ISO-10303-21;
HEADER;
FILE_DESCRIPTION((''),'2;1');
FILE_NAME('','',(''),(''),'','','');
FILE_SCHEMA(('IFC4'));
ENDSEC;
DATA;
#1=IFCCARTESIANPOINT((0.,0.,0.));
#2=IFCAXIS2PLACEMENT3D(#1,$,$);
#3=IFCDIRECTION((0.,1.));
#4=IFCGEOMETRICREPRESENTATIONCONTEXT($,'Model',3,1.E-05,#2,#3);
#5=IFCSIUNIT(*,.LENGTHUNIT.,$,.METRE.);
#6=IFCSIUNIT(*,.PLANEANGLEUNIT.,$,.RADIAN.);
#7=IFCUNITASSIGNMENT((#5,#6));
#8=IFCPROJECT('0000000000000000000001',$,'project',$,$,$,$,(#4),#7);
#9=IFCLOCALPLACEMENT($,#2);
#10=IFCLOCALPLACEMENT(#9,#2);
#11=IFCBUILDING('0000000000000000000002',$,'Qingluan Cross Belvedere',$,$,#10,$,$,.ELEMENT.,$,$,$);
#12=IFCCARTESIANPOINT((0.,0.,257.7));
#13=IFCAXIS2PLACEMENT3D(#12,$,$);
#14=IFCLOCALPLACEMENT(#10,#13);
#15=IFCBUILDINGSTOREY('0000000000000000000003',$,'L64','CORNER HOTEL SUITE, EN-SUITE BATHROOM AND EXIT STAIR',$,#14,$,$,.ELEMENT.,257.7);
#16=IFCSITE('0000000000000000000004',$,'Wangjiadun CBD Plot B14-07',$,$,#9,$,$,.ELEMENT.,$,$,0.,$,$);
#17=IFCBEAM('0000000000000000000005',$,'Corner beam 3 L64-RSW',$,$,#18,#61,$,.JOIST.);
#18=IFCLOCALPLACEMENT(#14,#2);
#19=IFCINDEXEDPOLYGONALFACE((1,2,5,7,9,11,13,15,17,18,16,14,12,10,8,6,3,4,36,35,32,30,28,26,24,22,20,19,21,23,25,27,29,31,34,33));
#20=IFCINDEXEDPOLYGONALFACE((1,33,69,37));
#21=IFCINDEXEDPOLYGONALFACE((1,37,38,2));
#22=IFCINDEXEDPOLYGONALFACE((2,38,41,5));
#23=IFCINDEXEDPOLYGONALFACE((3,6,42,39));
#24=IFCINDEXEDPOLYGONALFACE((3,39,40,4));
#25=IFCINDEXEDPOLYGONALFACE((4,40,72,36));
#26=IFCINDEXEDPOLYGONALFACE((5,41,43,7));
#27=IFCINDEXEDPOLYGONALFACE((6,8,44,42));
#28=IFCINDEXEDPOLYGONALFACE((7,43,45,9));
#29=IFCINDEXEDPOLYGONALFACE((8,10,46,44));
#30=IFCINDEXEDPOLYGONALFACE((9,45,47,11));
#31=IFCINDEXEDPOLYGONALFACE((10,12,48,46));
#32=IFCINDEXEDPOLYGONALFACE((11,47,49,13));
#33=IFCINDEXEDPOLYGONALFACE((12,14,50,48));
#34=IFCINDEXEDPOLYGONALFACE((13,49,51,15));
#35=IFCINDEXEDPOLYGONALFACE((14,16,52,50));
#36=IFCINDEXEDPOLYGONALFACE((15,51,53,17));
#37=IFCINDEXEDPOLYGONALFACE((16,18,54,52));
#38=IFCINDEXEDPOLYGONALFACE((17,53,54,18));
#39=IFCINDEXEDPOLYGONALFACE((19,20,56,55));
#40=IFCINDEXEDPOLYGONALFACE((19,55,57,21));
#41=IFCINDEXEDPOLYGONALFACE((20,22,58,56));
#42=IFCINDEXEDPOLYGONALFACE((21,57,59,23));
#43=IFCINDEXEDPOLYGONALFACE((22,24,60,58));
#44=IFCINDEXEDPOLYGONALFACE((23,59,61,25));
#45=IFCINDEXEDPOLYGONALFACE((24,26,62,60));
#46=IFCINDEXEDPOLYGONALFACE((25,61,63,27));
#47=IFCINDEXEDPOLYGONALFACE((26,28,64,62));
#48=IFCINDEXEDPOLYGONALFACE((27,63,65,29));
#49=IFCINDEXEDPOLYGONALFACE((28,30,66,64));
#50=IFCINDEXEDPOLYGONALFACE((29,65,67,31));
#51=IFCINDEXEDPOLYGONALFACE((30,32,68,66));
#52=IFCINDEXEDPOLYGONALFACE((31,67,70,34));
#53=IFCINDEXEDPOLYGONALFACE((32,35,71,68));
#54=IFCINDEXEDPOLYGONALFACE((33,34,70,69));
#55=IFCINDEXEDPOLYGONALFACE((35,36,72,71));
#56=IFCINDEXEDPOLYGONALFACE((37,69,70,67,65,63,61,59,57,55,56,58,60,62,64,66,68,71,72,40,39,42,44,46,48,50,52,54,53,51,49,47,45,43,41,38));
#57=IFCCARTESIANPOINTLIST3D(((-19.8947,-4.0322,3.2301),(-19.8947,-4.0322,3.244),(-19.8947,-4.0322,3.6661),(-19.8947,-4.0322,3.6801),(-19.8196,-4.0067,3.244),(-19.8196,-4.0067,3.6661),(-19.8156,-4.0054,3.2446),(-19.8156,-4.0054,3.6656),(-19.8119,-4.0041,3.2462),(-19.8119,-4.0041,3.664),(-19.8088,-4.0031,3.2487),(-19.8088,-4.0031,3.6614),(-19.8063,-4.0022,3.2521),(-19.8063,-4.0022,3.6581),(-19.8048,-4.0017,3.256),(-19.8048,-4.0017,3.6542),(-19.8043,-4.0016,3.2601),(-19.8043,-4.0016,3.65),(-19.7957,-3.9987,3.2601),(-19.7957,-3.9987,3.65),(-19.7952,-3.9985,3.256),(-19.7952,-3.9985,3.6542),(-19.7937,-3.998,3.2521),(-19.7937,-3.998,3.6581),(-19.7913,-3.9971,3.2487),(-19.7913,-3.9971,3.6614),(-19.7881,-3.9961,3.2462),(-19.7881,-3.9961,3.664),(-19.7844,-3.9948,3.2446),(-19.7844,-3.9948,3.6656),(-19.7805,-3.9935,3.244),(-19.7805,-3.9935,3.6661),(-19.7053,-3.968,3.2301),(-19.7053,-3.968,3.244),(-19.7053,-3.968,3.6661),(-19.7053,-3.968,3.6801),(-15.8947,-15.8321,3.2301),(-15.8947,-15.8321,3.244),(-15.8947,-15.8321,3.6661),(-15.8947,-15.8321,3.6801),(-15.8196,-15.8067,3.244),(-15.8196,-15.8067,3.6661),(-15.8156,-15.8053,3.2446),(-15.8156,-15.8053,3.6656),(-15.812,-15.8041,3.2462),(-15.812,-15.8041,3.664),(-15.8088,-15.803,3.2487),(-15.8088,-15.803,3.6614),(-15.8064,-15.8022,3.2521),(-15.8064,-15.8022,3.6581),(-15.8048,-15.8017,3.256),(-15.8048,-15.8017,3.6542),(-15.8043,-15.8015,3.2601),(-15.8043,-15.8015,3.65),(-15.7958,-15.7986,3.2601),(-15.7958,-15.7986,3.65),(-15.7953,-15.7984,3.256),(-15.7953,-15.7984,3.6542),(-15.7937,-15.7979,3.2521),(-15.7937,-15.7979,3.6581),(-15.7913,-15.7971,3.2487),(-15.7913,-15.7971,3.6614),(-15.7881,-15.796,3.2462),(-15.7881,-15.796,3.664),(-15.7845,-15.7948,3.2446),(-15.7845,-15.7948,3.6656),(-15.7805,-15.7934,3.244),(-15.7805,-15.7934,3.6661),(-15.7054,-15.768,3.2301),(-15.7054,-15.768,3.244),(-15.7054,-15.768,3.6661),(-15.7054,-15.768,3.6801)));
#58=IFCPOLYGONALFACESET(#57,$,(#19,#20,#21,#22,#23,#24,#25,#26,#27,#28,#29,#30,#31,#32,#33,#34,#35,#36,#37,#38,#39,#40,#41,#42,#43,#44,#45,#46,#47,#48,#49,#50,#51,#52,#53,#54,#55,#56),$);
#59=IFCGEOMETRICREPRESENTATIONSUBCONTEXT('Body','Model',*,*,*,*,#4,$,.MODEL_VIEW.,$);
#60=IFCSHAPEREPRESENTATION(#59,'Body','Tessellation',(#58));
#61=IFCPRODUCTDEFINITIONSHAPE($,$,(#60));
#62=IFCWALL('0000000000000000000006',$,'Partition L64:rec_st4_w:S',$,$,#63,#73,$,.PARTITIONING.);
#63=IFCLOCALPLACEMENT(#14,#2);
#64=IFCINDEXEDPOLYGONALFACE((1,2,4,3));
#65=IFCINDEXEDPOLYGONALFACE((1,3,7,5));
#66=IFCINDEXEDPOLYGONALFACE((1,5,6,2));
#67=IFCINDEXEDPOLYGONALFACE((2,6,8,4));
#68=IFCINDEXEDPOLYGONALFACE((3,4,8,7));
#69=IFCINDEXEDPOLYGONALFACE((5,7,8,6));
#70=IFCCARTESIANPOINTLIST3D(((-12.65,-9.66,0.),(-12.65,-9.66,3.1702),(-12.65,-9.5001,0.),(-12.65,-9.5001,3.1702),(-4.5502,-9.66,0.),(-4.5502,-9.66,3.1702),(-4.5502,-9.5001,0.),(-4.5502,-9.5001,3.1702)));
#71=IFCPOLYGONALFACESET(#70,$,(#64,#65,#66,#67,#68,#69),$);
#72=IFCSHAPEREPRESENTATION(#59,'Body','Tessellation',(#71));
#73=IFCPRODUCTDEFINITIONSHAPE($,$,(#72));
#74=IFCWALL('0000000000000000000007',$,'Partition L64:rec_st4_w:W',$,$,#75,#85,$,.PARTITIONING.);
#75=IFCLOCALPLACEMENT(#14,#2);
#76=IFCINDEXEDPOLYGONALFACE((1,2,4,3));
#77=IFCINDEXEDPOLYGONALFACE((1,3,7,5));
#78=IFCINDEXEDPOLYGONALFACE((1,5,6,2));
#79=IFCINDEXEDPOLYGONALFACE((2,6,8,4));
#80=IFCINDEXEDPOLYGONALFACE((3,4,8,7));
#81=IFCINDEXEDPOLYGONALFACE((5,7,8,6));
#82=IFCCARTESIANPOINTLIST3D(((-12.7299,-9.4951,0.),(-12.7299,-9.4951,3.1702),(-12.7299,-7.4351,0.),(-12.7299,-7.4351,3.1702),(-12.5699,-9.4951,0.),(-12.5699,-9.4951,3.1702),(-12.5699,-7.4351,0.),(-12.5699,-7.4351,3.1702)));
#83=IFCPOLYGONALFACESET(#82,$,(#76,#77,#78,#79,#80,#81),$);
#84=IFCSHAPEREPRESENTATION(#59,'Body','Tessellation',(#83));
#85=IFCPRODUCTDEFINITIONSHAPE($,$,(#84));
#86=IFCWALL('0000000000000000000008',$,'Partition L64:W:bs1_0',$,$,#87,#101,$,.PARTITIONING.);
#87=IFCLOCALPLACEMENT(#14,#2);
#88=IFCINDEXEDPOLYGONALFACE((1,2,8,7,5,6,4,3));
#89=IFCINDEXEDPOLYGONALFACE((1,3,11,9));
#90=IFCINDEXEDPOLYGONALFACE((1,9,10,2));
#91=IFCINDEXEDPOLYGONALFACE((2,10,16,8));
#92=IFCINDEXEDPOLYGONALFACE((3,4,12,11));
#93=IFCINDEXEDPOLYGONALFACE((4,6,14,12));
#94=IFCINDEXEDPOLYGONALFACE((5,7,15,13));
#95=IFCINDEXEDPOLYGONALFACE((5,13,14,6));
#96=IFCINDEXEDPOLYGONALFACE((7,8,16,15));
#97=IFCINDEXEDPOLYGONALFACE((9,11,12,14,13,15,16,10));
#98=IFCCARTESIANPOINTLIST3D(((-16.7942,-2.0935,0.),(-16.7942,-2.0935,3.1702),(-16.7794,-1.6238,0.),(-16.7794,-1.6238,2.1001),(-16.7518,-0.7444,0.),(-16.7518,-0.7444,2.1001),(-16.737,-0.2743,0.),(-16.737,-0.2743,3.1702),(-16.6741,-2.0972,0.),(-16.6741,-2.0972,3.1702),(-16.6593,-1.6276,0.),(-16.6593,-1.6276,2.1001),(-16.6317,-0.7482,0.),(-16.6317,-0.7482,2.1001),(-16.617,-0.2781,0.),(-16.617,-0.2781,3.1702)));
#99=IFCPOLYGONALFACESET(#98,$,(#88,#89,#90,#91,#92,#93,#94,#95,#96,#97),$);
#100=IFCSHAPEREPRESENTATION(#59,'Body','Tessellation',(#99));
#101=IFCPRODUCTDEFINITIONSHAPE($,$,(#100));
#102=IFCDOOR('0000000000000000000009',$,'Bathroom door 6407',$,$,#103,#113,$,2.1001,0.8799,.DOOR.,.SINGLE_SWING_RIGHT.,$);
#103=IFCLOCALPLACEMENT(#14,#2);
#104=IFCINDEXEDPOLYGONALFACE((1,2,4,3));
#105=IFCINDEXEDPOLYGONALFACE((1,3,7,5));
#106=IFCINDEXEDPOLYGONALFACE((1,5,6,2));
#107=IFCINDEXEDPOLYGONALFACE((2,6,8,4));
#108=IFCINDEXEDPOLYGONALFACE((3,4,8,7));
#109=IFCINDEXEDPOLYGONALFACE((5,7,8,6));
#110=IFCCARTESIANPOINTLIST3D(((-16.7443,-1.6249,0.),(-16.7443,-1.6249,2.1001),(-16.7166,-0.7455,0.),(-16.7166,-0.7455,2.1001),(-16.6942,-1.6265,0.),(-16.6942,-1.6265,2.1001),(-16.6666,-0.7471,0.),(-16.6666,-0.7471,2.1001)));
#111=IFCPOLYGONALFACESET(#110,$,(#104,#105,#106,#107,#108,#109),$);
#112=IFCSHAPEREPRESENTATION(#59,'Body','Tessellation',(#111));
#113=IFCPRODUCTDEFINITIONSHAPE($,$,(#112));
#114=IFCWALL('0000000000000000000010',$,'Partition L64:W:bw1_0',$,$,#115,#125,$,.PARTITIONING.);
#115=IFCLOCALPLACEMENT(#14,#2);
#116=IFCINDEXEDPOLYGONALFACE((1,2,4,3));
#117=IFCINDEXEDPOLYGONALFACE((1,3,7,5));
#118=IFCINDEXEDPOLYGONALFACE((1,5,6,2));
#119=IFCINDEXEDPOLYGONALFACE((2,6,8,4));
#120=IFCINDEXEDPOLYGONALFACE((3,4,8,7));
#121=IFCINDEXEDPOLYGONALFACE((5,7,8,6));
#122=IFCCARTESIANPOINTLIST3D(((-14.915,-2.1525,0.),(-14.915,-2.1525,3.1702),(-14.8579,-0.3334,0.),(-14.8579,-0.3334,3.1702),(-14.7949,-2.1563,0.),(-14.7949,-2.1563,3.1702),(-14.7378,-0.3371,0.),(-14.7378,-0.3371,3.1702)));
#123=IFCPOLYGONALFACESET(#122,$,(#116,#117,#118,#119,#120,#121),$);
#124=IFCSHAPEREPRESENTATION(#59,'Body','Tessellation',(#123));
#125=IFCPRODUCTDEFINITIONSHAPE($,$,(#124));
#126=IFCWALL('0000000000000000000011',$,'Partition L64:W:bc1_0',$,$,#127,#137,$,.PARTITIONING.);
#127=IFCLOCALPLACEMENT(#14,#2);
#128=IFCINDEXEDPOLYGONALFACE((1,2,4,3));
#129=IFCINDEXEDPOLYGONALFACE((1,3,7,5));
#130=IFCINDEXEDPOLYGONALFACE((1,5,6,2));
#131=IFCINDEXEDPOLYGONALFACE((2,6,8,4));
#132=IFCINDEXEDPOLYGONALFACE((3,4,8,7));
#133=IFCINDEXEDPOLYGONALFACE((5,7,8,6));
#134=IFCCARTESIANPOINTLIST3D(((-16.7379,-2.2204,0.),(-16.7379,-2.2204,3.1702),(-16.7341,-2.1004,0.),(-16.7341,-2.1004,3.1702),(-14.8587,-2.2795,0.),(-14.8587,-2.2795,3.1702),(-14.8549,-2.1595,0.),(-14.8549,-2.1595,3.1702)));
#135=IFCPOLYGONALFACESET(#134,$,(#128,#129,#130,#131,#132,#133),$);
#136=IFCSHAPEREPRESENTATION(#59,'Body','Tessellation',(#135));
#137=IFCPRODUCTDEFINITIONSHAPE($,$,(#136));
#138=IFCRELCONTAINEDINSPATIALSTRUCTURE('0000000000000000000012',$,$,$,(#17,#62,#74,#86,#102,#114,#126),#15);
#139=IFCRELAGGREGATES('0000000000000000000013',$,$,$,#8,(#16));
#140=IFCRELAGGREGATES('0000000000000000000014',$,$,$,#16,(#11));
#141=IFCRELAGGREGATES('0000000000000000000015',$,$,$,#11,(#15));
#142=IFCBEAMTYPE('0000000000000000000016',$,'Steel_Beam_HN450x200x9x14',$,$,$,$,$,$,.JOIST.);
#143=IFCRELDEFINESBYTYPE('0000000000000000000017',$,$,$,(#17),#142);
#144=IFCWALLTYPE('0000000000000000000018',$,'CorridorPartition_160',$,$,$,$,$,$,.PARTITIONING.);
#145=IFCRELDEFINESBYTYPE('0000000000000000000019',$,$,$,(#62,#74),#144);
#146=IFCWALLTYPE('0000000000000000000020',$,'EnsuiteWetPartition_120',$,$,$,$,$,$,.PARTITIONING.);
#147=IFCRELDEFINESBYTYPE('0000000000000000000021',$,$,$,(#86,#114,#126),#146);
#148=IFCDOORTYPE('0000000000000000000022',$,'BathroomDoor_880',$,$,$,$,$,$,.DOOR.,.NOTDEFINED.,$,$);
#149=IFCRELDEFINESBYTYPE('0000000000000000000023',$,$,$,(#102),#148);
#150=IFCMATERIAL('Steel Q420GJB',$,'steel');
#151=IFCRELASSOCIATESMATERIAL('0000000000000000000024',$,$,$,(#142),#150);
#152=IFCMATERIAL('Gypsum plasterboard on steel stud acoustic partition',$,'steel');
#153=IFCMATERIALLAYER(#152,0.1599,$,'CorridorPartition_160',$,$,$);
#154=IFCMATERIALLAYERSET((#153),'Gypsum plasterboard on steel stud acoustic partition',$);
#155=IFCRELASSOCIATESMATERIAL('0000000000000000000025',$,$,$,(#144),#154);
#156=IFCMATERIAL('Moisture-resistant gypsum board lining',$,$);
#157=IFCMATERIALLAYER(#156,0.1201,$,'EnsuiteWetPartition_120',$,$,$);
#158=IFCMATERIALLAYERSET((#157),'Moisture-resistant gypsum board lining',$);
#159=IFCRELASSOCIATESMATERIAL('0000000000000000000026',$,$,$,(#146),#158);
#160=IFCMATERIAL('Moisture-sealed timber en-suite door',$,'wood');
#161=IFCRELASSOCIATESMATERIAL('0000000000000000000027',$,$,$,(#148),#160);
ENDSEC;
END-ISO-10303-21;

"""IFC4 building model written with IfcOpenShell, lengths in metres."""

from ifc_helpers import new_model, si_unit, direction, frame, frame_2d, origin, origin_2d, place, context, subcontext, project, spatial, rectangle, i_section, extrude, material, layer, layer_set, material_profile, profile_set, type_object, element, fill, save


model = new_model("IFC4")

# Units and contexts
model_context = context("Model", 3, precision=1e-05, world=origin(), true_north=direction((0.0, 1.0)))
body_context = subcontext(model_context, "Body", "Model", "MODEL_VIEW")
ifc_project = project(units=[si_unit("LENGTHUNIT", "METRE"), si_unit("PLANEANGLEUNIT", "RADIAN")], contexts=[model_context])

# Site, building, storey
site_placement = place(None, origin())
site = spatial("IfcSite", under=ifc_project, at=site_placement, Name="Wangjiadun CBD Plot B14-07", CompositionType="ELEMENT", RefElevation=0.0)
building_placement = place(site_placement, origin())
building = spatial("IfcBuilding", under=site, at=building_placement, Name="Qingluan Cross Belvedere", CompositionType="ELEMENT")
storey_placement = place(building_placement, frame((0.0, 0.0, 257.7)))
storey = spatial("IfcBuildingStorey", under=building, at=storey_placement, Name="L64", Description="CORNER HOTEL SUITE, EN-SUITE BATHROOM AND EXIT STAIR", CompositionType="ELEMENT", Elevation=257.7)

# Beam
ifc_material_1 = material(Name="Steel Q420GJB", Category="steel")
ifc_material_profile_1 = material_profile(ifc_material_1, i_section(OverallWidth=0.2, OverallDepth=0.45, WebThickness=0.009, FlangeThickness=0.0139, FilletRadius=0.0161, at=origin_2d()), Name="HN450x200x9x14")
ifc_profile_set_1 = profile_set([ifc_material_profile_1], Name="Steel Q420GJB")
beam_type_1 = type_object("IfcBeamType", Name="Steel_Beam_HN450x200x9x14", PredefinedType="JOIST", material=ifc_profile_set_1)
for number, where, z_axis, x_axis, name in (
    (1, (-15.8, -15.8, 3.4551), (-0.321038, 0.947066, 0.0), (-0.947066, -0.321038, 0.0), "Corner beam 3 L64-RSW"),
):
    element("IfcBeam", number, at=place(storey_placement, frame(where, z_axis=z_axis, x_axis=x_axis)), inside=storey, type_object=beam_type_1, Name=name, PredefinedType="JOIST", context=body_context, shape_type="SweptSolid", body=[
        extrude(i_section(OverallWidth=0.2, OverallDepth=0.45, WebThickness=0.009, FlangeThickness=0.0139, FilletRadius=0.0161, at=origin_2d()), origin(), (0.0, 0.0, 1.0), 12.4595),
    ])

# Walls
ifc_material_2 = material(Name="Gypsum plasterboard on steel stud acoustic partition", Category="steel")
ifc_layer_1 = layer(ifc_material_2, 0.1599, Name="CorridorPartition_160")
ifc_layer_set_1 = layer_set([ifc_layer_1], Name="Gypsum plasterboard on steel stud acoustic partition")
wall_type_1 = type_object("IfcWallType", Name="CorridorPartition_160", PredefinedType="PARTITIONING", material=ifc_layer_set_1)
wall_1_placement = place(storey_placement, frame((-12.6499, -9.5801, 0.0), z_axis=(0.0, 0.0, 1.0), x_axis=(1.0, 0.0, 0.0)))
element("IfcWall", 2, at=wall_1_placement, inside=storey, type_object=wall_type_1, Name="Partition L64:rec_st4_w:S", PredefinedType="PARTITIONING", context=body_context, shape_type="SweptSolid", body=[
    extrude(rectangle(XDim=8.0999, YDim=0.1599, at=frame_2d((4.0498, 0.0))), origin(), (0.0, 0.0, 1.0), 3.1702),
])
wall_2_placement = place(storey_placement, frame((-12.6499, -9.4951, 0.0), z_axis=(0.0, 0.0, 1.0), x_axis=(0.0, 1.0, 0.0)))
element("IfcWall", 3, at=wall_2_placement, inside=storey, type_object=wall_type_1, Name="Partition L64:rec_st4_w:W", PredefinedType="PARTITIONING", context=body_context, shape_type="SweptSolid", body=[
    extrude(rectangle(XDim=2.0601, YDim=0.1599, at=frame_2d((1.03, 0.0))), origin(), (0.0, 0.0, 1.0), 3.1702),
])

# Wall, opening, door
ifc_material_3 = material(Name="Moisture-resistant gypsum board lining")
ifc_layer_2 = layer(ifc_material_3, 0.1201, Name="EnsuiteWetPartition_120")
ifc_layer_set_2 = layer_set([ifc_layer_2], Name="Moisture-resistant gypsum board lining")
wall_type_2 = type_object("IfcWallType", Name="EnsuiteWetPartition_120", PredefinedType="PARTITIONING", material=ifc_layer_set_2)
wall_3_placement = place(storey_placement, frame((-16.7341, -2.0955, 0.0), z_axis=(0.0, 0.0, 1.0), x_axis=(0.03139, 0.999507, 0.0)))
wall_3 = element("IfcWall", 4, at=wall_3_placement, inside=storey, type_object=wall_type_2, Name="Partition L64:W:bs1_0", PredefinedType="PARTITIONING", context=body_context, shape_type="SweptSolid", body=[
    extrude(rectangle(XDim=1.8201, YDim=0.1201, at=frame_2d((0.9102, 0.0))), origin(), (0.0, 0.0, 1.0), 3.1702),
])
opening_1_placement = place(wall_3_placement, frame((0.47, 0.0, 0.0)))
opening_1 = element("IfcOpeningElement", 5, at=opening_1_placement, cuts=wall_3, PredefinedType="OPENING", context=body_context, shape_type="SweptSolid", body=[
    extrude(rectangle(XDim=0.8799, YDim=2.1001, at=frame_2d((0.4399, 1.05))), frame((0.0, 0.0701, 0.0), z_axis=(0.0, -1.0, 0.0), x_axis=(1.0, 0.0, 0.0)), (0.0, 0.0, 1.0), 0.1401),
])
ifc_material_4 = material(Name="Moisture-sealed timber en-suite door", Category="wood")
door_type = type_object("IfcDoorType", Name="BathroomDoor_880", OperationType="NOTDEFINED", PredefinedType="DOOR", material=ifc_material_4)
door_placement = place(opening_1_placement, origin())
door = element("IfcDoor", 6, at=door_placement, inside=storey, type_object=door_type, Name="Bathroom door 6407", OperationType="SINGLE_SWING_RIGHT", OverallHeight=2.1001, OverallWidth=0.8799, PredefinedType="DOOR", context=body_context, shape_type="SweptSolid", body=[
    extrude(rectangle(XDim=0.8799, YDim=2.1001, at=frame_2d((0.4399, 1.05))), frame((0.0, 0.0249, 0.0), z_axis=(0.0, -1.0, 0.0), x_axis=(1.0, 0.0, 0.0)), (0.0, 0.0, 1.0), 0.05),
])
fill(opening_1, door)

# Walls
wall_4_placement = place(storey_placement, frame((-14.855, -2.1545, 0.0), z_axis=(0.0, 0.0, 1.0), x_axis=(0.03139, 0.999507, 0.0)))
element("IfcWall", 7, at=wall_4_placement, inside=storey, type_object=wall_type_2, Name="Partition L64:W:bw1_0", PredefinedType="PARTITIONING", context=body_context, shape_type="SweptSolid", body=[
    extrude(rectangle(XDim=1.8201, YDim=0.1201, at=frame_2d((0.9102, 0.0))), origin(), (0.0, 0.0, 1.0), 3.1702),
])
wall_5_placement = place(storey_placement, frame((-14.8569, -2.2195, 0.0), z_axis=(0.0, 0.0, 1.0), x_axis=(-0.999506, 0.031425, 0.0)))
element("IfcWall", 8, at=wall_5_placement, inside=storey, type_object=wall_type_2, Name="Partition L64:W:bc1_0", PredefinedType="PARTITIONING", context=body_context, shape_type="SweptSolid", body=[
    extrude(rectangle(XDim=1.8801, YDim=0.1201, at=frame_2d((0.9399, 0.0))), origin(), (0.0, 0.0, 1.0), 3.1702),
])

save(model, "model.ifc")
